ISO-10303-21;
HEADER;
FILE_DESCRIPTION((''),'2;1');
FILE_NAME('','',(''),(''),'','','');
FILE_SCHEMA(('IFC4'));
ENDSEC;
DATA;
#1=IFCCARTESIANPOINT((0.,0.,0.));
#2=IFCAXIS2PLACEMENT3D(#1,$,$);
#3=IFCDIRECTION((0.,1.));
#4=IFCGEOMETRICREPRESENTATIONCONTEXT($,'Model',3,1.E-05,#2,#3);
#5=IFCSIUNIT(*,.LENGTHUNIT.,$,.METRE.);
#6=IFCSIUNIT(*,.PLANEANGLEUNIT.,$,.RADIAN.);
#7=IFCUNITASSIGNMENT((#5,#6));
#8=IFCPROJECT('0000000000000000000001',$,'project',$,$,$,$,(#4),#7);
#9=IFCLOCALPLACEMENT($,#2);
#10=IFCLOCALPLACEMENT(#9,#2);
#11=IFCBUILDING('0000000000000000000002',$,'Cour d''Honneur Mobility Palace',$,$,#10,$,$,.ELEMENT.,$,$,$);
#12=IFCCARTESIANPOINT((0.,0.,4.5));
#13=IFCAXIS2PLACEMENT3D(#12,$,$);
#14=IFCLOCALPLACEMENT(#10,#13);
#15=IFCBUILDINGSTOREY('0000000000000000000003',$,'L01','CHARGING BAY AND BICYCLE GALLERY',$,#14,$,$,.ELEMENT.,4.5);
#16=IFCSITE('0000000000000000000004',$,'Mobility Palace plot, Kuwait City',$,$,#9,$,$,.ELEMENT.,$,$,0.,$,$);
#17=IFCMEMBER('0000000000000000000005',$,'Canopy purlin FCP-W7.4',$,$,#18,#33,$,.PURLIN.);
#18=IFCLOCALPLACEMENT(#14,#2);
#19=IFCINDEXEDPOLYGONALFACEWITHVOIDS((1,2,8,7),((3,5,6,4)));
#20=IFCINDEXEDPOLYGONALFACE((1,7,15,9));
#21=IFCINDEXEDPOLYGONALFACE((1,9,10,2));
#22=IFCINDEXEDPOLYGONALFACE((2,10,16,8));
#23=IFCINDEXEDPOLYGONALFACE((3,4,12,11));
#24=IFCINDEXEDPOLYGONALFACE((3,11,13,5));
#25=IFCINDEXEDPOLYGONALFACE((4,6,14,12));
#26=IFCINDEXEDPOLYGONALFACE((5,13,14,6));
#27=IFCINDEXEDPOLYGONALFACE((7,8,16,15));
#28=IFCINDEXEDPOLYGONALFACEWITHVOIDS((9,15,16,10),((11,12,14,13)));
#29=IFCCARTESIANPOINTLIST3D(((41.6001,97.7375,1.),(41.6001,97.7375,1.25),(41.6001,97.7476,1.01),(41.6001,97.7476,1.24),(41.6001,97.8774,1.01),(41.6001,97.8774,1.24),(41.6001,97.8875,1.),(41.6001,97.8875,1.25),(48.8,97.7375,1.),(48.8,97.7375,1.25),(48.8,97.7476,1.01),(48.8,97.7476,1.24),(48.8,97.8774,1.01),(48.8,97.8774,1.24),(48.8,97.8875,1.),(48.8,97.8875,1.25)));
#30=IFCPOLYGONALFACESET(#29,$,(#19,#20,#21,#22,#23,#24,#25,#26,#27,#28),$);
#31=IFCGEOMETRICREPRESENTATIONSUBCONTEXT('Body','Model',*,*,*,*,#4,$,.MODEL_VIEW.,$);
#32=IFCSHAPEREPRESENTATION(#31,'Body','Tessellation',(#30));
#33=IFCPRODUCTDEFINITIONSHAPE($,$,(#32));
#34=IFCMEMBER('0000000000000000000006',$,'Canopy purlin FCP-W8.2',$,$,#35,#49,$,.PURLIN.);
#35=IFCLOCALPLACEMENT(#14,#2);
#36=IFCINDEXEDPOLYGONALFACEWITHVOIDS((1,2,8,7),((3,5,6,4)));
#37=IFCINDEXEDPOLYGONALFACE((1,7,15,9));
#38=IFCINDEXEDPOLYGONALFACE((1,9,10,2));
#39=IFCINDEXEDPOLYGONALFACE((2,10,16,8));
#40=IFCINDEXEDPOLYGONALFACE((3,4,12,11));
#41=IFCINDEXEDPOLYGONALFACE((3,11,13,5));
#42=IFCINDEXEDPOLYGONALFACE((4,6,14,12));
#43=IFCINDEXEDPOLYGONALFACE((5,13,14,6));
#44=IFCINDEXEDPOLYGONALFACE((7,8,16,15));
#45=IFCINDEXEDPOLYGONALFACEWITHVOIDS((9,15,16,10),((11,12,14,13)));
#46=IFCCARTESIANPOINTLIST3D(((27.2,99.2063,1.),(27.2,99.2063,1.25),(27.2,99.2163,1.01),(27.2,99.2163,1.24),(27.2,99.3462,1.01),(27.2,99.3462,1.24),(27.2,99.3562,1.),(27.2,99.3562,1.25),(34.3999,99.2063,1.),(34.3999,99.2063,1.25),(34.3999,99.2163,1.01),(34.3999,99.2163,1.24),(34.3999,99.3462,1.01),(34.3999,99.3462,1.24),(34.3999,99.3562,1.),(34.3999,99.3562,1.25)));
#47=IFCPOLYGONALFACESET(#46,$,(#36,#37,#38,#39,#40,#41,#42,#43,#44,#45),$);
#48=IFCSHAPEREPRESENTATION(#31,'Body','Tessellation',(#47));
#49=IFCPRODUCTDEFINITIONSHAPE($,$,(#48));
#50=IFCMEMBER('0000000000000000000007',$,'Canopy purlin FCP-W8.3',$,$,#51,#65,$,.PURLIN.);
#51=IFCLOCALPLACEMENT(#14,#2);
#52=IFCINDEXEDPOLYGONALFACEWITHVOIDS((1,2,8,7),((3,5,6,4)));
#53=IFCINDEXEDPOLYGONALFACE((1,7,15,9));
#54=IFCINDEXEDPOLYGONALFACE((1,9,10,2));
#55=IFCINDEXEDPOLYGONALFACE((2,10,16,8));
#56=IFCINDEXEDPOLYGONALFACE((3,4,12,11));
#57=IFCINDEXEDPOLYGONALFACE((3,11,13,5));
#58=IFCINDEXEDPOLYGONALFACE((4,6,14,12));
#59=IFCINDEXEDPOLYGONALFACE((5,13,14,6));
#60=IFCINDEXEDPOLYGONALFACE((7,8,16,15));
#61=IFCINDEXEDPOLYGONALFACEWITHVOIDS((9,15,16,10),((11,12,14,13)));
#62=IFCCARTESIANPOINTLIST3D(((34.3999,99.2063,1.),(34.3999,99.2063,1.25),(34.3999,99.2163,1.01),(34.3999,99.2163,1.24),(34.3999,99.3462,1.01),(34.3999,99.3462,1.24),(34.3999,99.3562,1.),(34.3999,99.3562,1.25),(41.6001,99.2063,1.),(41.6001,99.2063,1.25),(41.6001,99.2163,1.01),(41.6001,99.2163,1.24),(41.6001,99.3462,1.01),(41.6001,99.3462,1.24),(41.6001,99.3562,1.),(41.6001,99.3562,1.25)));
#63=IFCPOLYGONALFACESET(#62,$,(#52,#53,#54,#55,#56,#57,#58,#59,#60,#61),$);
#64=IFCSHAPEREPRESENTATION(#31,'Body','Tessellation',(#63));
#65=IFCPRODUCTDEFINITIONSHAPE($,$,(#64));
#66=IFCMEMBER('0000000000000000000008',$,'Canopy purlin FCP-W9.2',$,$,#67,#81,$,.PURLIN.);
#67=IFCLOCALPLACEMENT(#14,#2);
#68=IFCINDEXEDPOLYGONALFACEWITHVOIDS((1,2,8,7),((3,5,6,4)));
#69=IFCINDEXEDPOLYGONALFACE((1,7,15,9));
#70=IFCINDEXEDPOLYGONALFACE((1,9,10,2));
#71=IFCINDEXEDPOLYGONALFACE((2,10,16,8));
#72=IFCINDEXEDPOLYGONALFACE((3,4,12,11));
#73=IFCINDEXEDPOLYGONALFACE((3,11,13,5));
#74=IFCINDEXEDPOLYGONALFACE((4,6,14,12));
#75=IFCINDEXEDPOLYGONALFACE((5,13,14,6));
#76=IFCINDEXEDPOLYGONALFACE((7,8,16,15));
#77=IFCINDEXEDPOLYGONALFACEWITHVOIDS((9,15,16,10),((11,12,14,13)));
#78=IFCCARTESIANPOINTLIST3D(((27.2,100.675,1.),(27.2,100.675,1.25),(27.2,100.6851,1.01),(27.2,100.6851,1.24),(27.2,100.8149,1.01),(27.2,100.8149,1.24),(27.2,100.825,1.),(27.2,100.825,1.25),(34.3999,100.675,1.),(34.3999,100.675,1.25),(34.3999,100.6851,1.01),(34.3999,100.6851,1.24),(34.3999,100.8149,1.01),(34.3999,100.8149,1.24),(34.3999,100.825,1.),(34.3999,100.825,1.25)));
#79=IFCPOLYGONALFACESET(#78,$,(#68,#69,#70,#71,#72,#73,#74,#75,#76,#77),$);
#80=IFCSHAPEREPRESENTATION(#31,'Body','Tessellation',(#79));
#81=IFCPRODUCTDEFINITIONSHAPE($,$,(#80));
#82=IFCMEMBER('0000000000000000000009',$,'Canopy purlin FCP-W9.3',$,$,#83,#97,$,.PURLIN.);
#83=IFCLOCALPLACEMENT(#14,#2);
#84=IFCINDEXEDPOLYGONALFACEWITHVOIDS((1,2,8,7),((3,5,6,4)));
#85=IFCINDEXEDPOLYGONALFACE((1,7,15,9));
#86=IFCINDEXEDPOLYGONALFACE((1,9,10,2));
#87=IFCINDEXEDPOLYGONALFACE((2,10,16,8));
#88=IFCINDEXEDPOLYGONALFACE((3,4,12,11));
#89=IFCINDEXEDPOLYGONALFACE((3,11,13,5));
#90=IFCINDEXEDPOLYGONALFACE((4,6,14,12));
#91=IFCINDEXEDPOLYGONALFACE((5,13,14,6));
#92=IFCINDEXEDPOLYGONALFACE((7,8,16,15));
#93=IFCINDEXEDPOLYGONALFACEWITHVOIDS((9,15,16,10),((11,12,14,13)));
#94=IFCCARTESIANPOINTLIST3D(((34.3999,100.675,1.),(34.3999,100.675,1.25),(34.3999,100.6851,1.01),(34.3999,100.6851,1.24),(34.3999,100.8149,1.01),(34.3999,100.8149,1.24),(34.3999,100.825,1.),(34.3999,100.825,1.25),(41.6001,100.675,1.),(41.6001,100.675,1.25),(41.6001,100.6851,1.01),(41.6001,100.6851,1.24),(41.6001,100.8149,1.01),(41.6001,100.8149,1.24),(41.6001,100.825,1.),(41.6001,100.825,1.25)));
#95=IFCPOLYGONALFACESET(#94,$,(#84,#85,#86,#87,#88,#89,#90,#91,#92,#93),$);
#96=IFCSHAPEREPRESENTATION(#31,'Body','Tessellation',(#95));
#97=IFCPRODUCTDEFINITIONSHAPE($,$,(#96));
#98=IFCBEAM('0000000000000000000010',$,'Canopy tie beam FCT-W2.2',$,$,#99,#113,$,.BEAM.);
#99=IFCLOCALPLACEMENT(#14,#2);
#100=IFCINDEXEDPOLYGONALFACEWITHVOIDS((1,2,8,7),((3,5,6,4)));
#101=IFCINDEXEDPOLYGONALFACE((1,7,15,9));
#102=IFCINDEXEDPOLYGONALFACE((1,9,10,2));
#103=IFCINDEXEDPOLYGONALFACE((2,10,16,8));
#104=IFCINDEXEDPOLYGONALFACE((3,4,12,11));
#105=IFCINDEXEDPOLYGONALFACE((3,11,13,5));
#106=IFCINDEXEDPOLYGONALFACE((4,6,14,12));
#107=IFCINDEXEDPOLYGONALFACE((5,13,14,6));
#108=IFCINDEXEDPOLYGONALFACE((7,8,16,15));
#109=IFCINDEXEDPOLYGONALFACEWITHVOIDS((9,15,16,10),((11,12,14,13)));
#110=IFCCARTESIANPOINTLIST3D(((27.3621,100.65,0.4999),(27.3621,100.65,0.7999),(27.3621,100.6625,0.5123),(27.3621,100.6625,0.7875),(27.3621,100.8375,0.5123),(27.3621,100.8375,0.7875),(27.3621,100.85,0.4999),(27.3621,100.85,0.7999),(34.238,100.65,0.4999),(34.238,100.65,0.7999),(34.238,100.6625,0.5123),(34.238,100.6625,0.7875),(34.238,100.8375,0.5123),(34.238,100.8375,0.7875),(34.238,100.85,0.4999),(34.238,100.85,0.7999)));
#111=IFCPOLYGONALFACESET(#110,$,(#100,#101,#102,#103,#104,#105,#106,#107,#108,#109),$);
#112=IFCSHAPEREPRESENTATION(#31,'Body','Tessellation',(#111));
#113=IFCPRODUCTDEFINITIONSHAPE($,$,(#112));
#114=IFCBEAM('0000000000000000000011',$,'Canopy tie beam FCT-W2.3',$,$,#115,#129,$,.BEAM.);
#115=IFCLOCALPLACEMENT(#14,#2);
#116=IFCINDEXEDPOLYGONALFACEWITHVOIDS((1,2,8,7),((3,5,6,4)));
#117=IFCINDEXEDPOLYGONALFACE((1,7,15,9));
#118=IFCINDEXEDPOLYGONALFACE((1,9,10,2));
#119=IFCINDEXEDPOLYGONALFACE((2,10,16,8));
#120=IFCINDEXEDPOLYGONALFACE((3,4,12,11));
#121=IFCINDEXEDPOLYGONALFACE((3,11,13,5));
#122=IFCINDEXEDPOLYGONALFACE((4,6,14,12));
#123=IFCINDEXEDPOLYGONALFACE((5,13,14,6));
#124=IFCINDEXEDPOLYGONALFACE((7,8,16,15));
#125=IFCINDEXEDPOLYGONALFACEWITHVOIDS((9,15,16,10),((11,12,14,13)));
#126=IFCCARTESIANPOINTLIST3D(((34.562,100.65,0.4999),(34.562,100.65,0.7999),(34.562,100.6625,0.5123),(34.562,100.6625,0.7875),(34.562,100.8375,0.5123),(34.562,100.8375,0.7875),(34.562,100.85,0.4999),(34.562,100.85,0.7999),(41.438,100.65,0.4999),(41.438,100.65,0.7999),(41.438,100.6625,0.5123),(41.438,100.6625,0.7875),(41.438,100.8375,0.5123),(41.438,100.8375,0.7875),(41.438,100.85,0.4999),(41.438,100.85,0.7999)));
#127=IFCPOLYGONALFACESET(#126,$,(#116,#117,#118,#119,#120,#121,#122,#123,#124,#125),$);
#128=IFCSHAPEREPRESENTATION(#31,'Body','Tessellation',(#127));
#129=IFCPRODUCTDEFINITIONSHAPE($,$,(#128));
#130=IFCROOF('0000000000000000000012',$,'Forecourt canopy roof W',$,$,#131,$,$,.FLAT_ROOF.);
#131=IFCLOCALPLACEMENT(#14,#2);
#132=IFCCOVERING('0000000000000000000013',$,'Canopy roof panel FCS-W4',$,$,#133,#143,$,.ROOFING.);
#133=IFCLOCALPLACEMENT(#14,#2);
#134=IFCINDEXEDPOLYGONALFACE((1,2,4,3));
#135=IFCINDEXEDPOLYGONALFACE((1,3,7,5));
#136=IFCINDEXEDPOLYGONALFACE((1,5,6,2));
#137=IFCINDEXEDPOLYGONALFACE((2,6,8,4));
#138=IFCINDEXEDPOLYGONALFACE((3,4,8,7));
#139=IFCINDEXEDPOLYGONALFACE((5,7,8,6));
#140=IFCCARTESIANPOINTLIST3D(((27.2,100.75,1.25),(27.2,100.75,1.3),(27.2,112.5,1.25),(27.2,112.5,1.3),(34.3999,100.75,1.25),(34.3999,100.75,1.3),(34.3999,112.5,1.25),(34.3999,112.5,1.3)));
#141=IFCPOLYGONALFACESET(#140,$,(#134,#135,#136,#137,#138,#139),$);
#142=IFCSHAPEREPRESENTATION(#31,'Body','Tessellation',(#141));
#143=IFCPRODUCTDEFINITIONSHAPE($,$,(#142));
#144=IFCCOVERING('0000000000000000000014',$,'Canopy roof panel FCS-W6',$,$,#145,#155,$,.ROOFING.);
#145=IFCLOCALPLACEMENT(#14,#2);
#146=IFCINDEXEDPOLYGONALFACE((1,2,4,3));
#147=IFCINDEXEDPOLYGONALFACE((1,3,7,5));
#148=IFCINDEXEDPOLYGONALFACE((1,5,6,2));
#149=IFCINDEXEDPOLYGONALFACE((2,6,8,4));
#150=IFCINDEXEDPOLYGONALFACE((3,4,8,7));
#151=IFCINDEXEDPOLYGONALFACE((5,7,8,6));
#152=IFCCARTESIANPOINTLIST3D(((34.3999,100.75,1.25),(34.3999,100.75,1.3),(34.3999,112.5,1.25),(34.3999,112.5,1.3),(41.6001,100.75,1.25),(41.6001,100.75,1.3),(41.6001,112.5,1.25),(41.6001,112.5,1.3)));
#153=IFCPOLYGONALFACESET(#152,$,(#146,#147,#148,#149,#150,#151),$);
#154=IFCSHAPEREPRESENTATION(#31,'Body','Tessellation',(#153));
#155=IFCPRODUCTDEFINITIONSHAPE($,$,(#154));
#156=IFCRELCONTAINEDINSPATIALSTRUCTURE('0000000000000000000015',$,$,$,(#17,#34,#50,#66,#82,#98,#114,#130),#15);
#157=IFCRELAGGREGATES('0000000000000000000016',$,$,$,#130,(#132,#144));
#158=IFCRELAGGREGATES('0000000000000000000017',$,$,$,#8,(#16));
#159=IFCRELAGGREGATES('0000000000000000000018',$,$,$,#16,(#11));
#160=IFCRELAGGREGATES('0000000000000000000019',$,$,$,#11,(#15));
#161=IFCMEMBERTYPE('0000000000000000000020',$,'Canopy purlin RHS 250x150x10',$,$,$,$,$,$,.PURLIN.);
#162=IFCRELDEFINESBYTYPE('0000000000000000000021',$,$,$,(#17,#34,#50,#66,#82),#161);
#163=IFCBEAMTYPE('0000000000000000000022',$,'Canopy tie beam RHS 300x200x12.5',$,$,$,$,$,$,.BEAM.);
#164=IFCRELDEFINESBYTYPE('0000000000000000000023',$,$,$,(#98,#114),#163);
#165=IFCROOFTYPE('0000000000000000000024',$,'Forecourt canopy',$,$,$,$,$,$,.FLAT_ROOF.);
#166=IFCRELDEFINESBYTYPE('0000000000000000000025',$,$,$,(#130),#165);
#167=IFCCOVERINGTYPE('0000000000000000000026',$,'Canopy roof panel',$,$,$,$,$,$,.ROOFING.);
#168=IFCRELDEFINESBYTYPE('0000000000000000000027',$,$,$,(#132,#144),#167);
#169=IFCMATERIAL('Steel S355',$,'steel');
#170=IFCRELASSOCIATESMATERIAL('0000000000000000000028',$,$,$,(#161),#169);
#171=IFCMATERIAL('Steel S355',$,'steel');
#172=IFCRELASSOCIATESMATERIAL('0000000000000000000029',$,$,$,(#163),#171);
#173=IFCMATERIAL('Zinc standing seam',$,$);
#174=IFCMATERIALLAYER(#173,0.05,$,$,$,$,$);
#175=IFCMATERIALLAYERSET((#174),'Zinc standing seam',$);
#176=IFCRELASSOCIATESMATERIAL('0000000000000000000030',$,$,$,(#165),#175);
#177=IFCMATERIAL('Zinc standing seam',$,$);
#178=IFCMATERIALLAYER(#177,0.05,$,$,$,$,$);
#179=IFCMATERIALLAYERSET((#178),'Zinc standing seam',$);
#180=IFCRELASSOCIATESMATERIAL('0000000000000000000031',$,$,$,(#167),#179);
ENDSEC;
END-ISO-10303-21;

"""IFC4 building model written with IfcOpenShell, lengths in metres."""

from ifc_helpers import new_model, si_unit, direction, frame, origin, origin_2d, place, context, subcontext, project, spatial, polyline, hollow_rectangle, outline, extrude, material, layer, layer_set, material_profile, profile_set, type_object, element, aggregate, save


model = new_model("IFC4")

# Units and contexts
model_context = context("Model", 3, precision=1e-05, world=origin(), true_north=direction((0.0, 1.0)))
body_context = subcontext(model_context, "Body", "Model", "MODEL_VIEW")
ifc_project = project(units=[si_unit("LENGTHUNIT", "METRE"), si_unit("PLANEANGLEUNIT", "RADIAN")], contexts=[model_context])

# Site, building, storey
site_placement = place(None, origin())
site = spatial("IfcSite", under=ifc_project, at=site_placement, Name="Mobility Palace plot, Kuwait City", CompositionType="ELEMENT", RefElevation=0.0)
building_placement = place(site_placement, origin())
building = spatial("IfcBuilding", under=site, at=building_placement, Name="Cour d'Honneur Mobility Palace", CompositionType="ELEMENT")
storey_placement = place(building_placement, frame((0.0, 0.0, 4.5)))
storey = spatial("IfcBuildingStorey", under=building, at=storey_placement, Name="L01", Description="CHARGING BAY AND BICYCLE GALLERY", CompositionType="ELEMENT", Elevation=4.5)

# Members
ifc_material_1 = material(Name="Steel S355", Category="steel")
ifc_material_profile_1 = material_profile(ifc_material_1, hollow_rectangle(XDim=0.1499, YDim=0.25, WallThickness=0.01, at=origin_2d()), Name="RHS 250x150x10")
ifc_profile_set_1 = profile_set([ifc_material_profile_1], Name="Steel S355")
member_type = type_object("IfcMemberType", Name="Canopy purlin RHS 250x150x10", PredefinedType="PURLIN", material=ifc_profile_set_1)
for number, where, z_axis, x_axis, name in (
    (1, (41.6001, 97.8125, 1.125), (1.0, 0.0, 0.0), (0.0, 1.0, 0.0), "Canopy purlin FCP-W7.4"),
    (2, (27.2, 99.2812, 1.125), (1.0, 0.0, 0.0), (0.0, 1.0, 0.0), "Canopy purlin FCP-W8.2"),
):
    element("IfcMember", number, at=place(storey_placement, frame(where, z_axis=z_axis, x_axis=x_axis)), inside=storey, type_object=member_type, Name=name, PredefinedType="PURLIN", context=body_context, shape_type="SweptSolid", body=[
        extrude(hollow_rectangle(XDim=0.1499, YDim=0.25, WallThickness=0.01, at=origin_2d()), origin(), (0.0, 0.0, 1.0), 7.2),
    ])
member_1_placement = place(storey_placement, frame((34.3999, 99.2812, 1.125), z_axis=(1.0, 0.0, 0.0), x_axis=(0.0, 1.0, 0.0)))
element("IfcMember", 3, at=member_1_placement, inside=storey, type_object=member_type, Name="Canopy purlin FCP-W8.3", PredefinedType="PURLIN", context=body_context, shape_type="SweptSolid", body=[
    extrude(hollow_rectangle(XDim=0.1499, YDim=0.25, WallThickness=0.01, at=origin_2d()), origin(), (0.0, 0.0, 1.0), 7.2002),
])
member_2_placement = place(storey_placement, frame((27.2, 100.75, 1.125), z_axis=(1.0, 0.0, 0.0), x_axis=(0.0, 1.0, 0.0)))
element("IfcMember", 4, at=member_2_placement, inside=storey, type_object=member_type, Name="Canopy purlin FCP-W9.2", PredefinedType="PURLIN", context=body_context, shape_type="SweptSolid", body=[
    extrude(hollow_rectangle(XDim=0.1499, YDim=0.25, WallThickness=0.01, at=origin_2d()), origin(), (0.0, 0.0, 1.0), 7.2),
])
member_3_placement = place(storey_placement, frame((34.3999, 100.75, 1.125), z_axis=(1.0, 0.0, 0.0), x_axis=(0.0, 1.0, 0.0)))
element("IfcMember", 5, at=member_3_placement, inside=storey, type_object=member_type, Name="Canopy purlin FCP-W9.3", PredefinedType="PURLIN", context=body_context, shape_type="SweptSolid", body=[
    extrude(hollow_rectangle(XDim=0.1499, YDim=0.25, WallThickness=0.01, at=origin_2d()), origin(), (0.0, 0.0, 1.0), 7.2002),
])

# Beams
ifc_material_2 = material(Name="Steel S355", Category="steel")
ifc_material_profile_2 = material_profile(ifc_material_2, hollow_rectangle(XDim=0.2, YDim=0.3, WallThickness=0.0125, at=origin_2d()), Name="RHS 300x200x12.5")
ifc_profile_set_2 = profile_set([ifc_material_profile_2], Name="Steel S355")
beam_type = type_object("IfcBeamType", Name="Canopy tie beam RHS 300x200x12.5", PredefinedType="BEAM", material=ifc_profile_set_2)
for number, where, z_axis, x_axis, name in (
    (6, (27.3621, 100.75, 0.6499), (1.0, 0.0, 0.0), (0.0, 1.0, 0.0), "Canopy tie beam FCT-W2.2"),
    (7, (34.562, 100.75, 0.6499), (1.0, 0.0, 0.0), (0.0, 1.0, 0.0), "Canopy tie beam FCT-W2.3"),
):
    element("IfcBeam", number, at=place(storey_placement, frame(where, z_axis=z_axis, x_axis=x_axis)), inside=storey, type_object=beam_type, Name=name, PredefinedType="BEAM", context=body_context, shape_type="SweptSolid", body=[
        extrude(hollow_rectangle(XDim=0.2, YDim=0.3, WallThickness=0.0125, at=origin_2d()), origin(), (0.0, 0.0, 1.0), 6.876),
    ])

# Roof, coverings
ifc_material_3 = material(Name="Zinc standing seam")
ifc_layer_1 = layer(ifc_material_3, 0.05)
ifc_layer_set_1 = layer_set([ifc_layer_1], Name="Zinc standing seam")
roof_type = type_object("IfcRoofType", Name="Forecourt canopy", PredefinedType="FLAT_ROOF", material=ifc_layer_set_1)
roof_placement = place(storey_placement, origin())
roof = element("IfcRoof", 8, at=roof_placement, inside=storey, type_object=roof_type, Name="Forecourt canopy roof W", PredefinedType="FLAT_ROOF")
ifc_material_4 = material(Name="Zinc standing seam")
ifc_layer_2 = layer(ifc_material_4, 0.05)
ifc_layer_set_2 = layer_set([ifc_layer_2], Name="Zinc standing seam")
covering_type = type_object("IfcCoveringType", Name="Canopy roof panel", PredefinedType="ROOFING", material=ifc_layer_set_2)
covering_1_placement = place(storey_placement, frame((27.2, 100.75, 1.3), z_axis=(0.0, 0.0, 1.0), x_axis=(1.0, 0.0, 0.0)))
covering_1 = element("IfcCovering", 9, at=covering_1_placement, type_object=covering_type, Name="Canopy roof panel FCS-W4", PredefinedType="ROOFING", context=body_context, shape_type="SweptSolid", body=[
    extrude(outline(polyline([(0.0, 0.0), (7.2, 0.0), (7.2, 11.75), (0.0, 11.75), (0.0, 0.0)])), origin(), (0.0, 0.0, -1.0), 0.05),
])
covering_2_placement = place(storey_placement, frame((34.3999, 100.75, 1.3), z_axis=(0.0, 0.0, 1.0), x_axis=(1.0, 0.0, 0.0)))
covering_2 = element("IfcCovering", 10, at=covering_2_placement, type_object=covering_type, Name="Canopy roof panel FCS-W6", PredefinedType="ROOFING", context=body_context, shape_type="SweptSolid", body=[
    extrude(outline(polyline([(0.0, 0.0), (7.2002, 0.0), (7.2002, 11.75), (0.0, 11.75), (0.0, 0.0)])), origin(), (0.0, 0.0, -1.0), 0.05),
])
aggregate(roof, [covering_1, covering_2])

save(model, "model.ifc")
